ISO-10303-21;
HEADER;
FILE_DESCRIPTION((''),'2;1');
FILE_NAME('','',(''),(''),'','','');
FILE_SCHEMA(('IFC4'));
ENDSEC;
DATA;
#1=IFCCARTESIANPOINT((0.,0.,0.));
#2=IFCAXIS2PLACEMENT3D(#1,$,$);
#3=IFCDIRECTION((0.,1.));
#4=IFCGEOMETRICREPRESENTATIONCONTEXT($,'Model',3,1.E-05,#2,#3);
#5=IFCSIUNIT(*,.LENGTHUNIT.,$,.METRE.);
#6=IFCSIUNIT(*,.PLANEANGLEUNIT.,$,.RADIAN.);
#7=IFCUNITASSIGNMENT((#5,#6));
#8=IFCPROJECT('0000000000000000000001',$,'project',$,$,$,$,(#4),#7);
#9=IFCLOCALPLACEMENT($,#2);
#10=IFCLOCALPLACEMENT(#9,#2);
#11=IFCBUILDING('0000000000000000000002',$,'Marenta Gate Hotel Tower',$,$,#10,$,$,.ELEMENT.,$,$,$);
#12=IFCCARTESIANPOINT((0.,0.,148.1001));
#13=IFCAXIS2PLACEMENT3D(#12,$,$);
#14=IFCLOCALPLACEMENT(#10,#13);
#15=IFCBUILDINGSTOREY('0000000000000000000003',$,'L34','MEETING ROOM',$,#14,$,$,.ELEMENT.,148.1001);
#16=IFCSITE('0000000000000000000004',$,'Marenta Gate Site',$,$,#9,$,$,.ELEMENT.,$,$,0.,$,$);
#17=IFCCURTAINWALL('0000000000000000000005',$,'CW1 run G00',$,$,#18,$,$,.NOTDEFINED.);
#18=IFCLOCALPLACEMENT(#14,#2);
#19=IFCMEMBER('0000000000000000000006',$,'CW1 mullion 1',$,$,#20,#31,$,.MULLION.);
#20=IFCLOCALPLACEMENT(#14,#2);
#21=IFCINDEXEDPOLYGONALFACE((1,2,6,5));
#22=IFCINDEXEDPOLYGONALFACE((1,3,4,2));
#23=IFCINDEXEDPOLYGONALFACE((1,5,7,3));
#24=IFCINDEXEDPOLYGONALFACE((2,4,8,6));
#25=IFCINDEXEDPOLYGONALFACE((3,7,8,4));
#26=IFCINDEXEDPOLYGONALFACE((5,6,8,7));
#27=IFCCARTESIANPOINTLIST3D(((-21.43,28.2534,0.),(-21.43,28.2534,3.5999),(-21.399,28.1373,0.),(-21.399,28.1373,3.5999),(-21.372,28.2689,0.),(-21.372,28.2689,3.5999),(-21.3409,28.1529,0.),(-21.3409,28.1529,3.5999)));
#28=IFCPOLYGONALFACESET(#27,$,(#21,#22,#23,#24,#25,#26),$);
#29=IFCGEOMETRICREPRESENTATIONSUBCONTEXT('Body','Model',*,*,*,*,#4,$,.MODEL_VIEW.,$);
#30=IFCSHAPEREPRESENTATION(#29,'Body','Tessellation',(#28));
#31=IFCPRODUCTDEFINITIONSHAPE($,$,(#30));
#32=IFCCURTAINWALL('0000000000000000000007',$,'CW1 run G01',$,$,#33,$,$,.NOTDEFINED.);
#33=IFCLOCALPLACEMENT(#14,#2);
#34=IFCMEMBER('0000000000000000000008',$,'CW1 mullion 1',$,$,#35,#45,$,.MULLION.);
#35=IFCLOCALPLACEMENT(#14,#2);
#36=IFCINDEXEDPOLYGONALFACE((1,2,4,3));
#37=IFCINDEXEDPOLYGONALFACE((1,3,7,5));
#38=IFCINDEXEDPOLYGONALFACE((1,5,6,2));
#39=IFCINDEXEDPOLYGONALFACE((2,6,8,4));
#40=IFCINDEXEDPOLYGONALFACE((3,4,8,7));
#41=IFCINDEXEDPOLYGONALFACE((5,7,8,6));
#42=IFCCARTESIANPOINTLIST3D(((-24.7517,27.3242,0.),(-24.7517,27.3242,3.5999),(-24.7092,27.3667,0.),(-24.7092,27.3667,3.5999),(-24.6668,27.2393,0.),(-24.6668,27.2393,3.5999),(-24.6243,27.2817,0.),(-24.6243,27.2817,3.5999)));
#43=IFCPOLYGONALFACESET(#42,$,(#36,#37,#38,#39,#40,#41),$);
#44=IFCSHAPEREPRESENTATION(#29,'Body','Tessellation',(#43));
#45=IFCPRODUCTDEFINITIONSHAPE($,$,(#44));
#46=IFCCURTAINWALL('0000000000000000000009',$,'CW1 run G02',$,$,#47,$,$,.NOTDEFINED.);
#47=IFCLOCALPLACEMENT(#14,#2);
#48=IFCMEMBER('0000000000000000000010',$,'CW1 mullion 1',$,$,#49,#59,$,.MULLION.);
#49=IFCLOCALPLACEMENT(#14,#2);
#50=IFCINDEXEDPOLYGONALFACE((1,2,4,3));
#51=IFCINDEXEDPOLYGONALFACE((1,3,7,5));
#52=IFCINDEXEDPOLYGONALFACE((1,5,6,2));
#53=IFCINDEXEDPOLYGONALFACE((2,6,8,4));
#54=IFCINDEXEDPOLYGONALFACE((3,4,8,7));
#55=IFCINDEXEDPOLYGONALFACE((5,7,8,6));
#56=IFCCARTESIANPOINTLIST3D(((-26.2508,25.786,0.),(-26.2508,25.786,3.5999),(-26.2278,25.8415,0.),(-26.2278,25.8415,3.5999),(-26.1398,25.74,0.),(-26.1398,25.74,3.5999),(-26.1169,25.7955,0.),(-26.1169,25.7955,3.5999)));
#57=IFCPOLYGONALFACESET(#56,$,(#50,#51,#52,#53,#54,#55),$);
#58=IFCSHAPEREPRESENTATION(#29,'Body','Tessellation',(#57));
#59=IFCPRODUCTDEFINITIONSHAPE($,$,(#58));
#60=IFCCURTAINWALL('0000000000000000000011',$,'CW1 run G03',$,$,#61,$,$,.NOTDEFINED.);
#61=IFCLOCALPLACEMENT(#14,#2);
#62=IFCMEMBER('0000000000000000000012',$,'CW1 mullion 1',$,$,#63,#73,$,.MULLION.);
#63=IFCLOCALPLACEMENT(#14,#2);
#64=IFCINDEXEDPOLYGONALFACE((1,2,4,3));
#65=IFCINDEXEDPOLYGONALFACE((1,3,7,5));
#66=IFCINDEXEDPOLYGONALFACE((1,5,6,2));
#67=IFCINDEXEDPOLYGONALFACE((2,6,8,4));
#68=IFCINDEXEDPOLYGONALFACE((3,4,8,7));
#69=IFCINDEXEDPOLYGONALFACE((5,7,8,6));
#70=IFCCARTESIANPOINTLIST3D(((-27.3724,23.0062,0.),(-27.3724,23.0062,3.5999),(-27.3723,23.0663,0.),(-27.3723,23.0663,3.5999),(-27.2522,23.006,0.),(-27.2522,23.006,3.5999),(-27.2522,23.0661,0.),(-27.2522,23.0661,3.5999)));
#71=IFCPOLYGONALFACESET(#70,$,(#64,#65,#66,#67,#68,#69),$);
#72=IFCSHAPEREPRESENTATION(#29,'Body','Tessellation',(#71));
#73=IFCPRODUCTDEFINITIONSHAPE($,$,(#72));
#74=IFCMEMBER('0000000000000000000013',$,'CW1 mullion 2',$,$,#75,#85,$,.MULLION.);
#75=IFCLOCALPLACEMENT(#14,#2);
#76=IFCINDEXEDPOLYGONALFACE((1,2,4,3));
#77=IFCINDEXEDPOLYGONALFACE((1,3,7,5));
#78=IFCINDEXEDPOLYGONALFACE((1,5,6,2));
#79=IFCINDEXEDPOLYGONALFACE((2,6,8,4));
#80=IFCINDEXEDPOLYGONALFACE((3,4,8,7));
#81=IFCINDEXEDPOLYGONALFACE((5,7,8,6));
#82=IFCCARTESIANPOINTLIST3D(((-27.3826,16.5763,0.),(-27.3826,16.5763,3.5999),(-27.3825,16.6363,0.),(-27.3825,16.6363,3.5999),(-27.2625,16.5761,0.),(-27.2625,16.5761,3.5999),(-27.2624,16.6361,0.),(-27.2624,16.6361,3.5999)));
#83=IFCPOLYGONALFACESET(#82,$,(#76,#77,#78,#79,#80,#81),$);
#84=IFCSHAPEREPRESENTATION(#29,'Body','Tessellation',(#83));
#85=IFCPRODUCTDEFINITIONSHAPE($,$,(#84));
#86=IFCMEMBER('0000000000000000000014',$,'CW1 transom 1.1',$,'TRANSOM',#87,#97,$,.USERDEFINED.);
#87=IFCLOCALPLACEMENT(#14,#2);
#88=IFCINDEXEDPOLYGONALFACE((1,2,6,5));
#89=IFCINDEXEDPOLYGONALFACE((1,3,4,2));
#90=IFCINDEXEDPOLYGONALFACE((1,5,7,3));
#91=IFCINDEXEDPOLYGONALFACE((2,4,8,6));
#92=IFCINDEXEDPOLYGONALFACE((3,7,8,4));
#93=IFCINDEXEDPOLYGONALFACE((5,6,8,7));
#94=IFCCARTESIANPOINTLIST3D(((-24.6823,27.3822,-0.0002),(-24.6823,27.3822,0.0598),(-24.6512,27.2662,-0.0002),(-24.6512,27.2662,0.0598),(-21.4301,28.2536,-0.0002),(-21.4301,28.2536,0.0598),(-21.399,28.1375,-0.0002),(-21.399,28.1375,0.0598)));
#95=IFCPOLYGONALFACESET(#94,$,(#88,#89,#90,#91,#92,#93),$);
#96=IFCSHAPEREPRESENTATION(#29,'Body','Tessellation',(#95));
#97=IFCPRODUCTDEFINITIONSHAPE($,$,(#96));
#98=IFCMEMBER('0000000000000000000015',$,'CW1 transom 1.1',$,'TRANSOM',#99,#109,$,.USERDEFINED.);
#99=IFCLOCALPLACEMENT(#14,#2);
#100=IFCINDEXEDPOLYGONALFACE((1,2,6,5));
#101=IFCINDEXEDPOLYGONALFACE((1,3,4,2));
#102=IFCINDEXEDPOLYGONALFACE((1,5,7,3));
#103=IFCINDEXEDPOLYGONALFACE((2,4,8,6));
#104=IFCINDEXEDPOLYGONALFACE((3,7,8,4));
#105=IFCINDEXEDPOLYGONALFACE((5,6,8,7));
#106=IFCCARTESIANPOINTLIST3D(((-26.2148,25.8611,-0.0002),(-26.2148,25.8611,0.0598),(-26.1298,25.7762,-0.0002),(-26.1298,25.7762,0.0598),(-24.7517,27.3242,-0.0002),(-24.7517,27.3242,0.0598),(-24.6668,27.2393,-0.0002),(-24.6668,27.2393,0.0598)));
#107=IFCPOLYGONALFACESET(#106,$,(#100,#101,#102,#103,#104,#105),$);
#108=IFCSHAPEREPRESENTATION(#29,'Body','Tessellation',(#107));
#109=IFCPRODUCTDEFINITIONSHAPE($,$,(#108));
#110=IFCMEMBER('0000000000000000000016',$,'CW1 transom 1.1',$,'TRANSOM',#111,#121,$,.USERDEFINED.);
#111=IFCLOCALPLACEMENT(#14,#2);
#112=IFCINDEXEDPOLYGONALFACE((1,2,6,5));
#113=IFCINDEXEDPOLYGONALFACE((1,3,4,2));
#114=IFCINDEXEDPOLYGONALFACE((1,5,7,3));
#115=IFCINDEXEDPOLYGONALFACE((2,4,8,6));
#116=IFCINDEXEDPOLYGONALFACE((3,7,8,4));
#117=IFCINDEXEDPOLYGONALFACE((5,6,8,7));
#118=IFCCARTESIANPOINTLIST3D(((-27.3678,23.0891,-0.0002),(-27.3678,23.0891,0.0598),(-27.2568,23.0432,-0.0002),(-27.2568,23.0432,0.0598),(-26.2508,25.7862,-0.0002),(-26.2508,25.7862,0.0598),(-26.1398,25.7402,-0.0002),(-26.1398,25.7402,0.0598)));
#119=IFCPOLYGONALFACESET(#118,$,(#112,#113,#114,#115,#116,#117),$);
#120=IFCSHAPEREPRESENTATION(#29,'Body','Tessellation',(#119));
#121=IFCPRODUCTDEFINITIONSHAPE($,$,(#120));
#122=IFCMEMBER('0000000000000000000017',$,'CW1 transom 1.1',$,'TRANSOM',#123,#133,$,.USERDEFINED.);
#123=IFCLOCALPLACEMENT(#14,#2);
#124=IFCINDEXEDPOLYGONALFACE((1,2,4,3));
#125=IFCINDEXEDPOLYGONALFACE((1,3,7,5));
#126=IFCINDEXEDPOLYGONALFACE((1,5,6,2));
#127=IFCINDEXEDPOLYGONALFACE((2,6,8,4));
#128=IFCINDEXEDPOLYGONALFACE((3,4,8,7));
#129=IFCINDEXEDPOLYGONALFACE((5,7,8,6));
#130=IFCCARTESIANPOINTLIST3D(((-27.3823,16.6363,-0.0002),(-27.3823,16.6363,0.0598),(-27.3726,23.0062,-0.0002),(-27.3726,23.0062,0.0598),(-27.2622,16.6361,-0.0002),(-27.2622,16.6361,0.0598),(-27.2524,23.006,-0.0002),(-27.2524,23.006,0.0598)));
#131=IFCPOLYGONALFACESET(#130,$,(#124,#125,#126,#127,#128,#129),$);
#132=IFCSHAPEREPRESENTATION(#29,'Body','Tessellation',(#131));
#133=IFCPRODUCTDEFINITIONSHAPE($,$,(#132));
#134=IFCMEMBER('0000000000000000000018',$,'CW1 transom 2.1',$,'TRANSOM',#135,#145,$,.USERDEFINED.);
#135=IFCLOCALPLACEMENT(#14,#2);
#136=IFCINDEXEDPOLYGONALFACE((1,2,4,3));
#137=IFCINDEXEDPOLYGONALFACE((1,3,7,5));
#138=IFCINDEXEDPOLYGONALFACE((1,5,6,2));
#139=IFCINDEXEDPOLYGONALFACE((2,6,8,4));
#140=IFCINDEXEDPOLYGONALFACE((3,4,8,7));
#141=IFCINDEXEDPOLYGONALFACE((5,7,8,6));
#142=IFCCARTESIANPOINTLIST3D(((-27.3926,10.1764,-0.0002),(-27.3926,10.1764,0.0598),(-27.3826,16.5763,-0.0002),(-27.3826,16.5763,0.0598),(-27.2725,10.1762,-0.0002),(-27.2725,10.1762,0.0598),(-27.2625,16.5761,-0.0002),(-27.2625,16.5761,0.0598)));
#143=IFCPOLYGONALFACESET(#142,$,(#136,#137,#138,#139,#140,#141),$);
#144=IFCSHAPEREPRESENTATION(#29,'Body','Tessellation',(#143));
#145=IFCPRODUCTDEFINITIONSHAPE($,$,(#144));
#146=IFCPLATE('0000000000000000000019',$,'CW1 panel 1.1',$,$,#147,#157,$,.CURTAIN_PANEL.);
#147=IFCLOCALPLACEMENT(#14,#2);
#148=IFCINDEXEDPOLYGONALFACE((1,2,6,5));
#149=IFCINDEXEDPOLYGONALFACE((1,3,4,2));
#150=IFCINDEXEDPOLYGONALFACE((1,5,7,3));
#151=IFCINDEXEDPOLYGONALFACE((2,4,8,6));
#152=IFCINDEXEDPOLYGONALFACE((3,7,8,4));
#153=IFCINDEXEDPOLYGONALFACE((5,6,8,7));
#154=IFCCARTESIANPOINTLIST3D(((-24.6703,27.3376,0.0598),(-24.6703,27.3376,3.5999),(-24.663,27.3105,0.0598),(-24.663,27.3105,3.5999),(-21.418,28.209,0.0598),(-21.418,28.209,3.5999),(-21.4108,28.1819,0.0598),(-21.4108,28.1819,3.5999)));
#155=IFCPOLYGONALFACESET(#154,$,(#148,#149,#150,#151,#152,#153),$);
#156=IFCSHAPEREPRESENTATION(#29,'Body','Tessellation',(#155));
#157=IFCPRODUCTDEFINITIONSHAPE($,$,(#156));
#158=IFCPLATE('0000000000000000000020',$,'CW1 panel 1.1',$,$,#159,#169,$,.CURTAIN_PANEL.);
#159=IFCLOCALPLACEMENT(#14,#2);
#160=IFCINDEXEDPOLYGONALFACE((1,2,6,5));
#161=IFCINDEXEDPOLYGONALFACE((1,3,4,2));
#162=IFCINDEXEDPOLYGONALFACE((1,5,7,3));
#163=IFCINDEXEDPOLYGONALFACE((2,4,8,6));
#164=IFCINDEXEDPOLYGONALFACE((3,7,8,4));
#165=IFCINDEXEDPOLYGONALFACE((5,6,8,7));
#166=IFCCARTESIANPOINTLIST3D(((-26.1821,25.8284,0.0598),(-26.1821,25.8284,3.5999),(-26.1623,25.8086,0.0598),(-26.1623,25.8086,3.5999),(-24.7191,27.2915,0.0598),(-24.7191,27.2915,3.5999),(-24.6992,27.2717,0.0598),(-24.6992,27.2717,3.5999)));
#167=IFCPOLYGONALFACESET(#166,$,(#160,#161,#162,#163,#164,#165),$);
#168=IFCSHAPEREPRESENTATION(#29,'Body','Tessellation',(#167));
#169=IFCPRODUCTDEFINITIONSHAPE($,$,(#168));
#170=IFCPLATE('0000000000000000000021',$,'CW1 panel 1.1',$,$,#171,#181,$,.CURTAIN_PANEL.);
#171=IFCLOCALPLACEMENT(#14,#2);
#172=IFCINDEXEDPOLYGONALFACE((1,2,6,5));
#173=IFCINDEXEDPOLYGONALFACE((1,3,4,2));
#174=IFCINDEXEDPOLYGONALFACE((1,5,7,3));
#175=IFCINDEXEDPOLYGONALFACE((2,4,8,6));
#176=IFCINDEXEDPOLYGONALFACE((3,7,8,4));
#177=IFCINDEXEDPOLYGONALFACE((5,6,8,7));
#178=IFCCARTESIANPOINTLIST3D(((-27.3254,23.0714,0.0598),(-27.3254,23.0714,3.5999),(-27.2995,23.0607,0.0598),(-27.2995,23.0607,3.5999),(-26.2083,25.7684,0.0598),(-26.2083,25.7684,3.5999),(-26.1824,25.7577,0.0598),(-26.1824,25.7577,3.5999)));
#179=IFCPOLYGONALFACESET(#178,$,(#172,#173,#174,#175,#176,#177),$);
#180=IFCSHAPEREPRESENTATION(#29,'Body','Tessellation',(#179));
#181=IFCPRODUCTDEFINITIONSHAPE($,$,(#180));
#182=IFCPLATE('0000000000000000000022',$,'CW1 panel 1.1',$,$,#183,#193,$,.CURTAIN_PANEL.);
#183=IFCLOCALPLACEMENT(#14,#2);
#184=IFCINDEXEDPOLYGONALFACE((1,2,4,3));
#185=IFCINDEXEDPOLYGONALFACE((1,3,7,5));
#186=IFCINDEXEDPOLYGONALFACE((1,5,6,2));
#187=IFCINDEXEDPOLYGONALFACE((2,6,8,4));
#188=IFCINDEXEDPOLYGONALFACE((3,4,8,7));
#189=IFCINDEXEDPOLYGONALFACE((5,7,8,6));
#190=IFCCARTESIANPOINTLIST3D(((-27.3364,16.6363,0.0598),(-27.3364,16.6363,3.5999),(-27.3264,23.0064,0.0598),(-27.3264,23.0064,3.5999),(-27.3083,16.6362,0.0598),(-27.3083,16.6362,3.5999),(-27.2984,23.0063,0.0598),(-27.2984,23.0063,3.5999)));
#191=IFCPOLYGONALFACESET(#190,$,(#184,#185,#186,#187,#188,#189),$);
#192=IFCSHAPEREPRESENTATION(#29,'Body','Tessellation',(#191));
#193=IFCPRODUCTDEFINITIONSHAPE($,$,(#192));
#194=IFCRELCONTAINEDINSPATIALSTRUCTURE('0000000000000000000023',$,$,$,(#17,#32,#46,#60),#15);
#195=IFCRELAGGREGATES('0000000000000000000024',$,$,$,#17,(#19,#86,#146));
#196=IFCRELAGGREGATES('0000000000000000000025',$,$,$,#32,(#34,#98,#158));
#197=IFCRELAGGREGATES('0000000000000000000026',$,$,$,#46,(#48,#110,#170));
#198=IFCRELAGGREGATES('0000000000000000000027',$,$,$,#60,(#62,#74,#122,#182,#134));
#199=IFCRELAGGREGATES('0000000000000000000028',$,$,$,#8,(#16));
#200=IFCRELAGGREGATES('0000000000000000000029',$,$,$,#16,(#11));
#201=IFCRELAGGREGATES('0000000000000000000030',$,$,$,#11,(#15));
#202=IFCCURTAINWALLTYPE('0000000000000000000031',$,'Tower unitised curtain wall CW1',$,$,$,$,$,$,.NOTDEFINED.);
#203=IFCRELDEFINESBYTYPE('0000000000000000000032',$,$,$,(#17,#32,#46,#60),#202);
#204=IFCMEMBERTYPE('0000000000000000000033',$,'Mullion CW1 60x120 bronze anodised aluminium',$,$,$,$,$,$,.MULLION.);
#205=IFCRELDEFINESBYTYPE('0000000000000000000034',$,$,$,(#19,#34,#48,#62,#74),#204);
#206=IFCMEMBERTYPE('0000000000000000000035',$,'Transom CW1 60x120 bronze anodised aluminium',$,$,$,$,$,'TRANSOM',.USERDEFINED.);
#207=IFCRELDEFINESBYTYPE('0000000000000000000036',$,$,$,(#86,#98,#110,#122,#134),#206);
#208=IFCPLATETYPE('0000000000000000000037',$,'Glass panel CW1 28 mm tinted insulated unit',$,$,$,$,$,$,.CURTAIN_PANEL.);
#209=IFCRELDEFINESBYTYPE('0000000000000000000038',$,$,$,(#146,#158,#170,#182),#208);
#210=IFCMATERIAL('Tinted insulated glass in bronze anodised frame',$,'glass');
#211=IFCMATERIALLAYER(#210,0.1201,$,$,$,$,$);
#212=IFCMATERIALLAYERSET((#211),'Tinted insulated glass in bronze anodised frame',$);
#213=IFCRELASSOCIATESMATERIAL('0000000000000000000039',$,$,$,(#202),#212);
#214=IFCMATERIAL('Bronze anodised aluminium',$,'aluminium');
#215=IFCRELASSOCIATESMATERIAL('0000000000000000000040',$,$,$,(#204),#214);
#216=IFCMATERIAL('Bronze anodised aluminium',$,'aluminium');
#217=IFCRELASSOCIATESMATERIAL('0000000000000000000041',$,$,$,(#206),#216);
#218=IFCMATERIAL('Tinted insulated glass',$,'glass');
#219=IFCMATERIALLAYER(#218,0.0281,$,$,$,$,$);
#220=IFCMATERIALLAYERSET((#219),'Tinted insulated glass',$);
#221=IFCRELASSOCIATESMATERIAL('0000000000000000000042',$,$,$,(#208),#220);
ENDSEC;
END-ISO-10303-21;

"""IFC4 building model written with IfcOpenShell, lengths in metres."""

from ifc_helpers import new_model, si_unit, direction, frame, origin, origin_2d, place, context, subcontext, project, spatial, rectangle, extrude, material, layer, layer_set, material_profile, profile_set, type_object, element, aggregate, save


model = new_model("IFC4")

# Units and contexts
model_context = context("Model", 3, precision=1e-05, world=origin(), true_north=direction((0.0, 1.0)))
body_context = subcontext(model_context, "Body", "Model", "MODEL_VIEW")
ifc_project = project(units=[si_unit("LENGTHUNIT", "METRE"), si_unit("PLANEANGLEUNIT", "RADIAN")], contexts=[model_context])

# Site, building, storey
site_placement = place(None, origin())
site = spatial("IfcSite", under=ifc_project, at=site_placement, Name="Marenta Gate Site", CompositionType="ELEMENT", RefElevation=0.0)
building_placement = place(site_placement, origin())
building = spatial("IfcBuilding", under=site, at=building_placement, Name="Marenta Gate Hotel Tower", CompositionType="ELEMENT")
storey_placement = place(building_placement, frame((0.0, 0.0, 148.1001)))
storey = spatial("IfcBuildingStorey", under=building, at=storey_placement, Name="L34", Description="MEETING ROOM", CompositionType="ELEMENT", Elevation=148.1001)

# Curtain walls, members
ifc_material_1 = material(Name="Tinted insulated glass in bronze anodised frame", Category="glass")
ifc_layer_1 = layer(ifc_material_1, 0.1201)
ifc_layer_set_1 = layer_set([ifc_layer_1], Name="Tinted insulated glass in bronze anodised frame")
curtain_wall_type = type_object("IfcCurtainWallType", Name="Tower unitised curtain wall CW1", PredefinedType="NOTDEFINED", material=ifc_layer_set_1)
curtain_wall_1_placement = place(storey_placement, origin())
curtain_wall_1 = element("IfcCurtainWall", 1, at=curtain_wall_1_placement, inside=storey, type_object=curtain_wall_type, Name="CW1 run G00", PredefinedType="NOTDEFINED")
ifc_material_2 = material(Name="Bronze anodised aluminium", Category="aluminium")
ifc_material_profile_1 = material_profile(ifc_material_2, rectangle(XDim=0.1201, YDim=0.0601, at=origin_2d()), Name="Mullion CW1 60x120 bronze anodised aluminium")
ifc_profile_set_1 = profile_set([ifc_material_profile_1], Name="Bronze anodised aluminium")
member_type_1 = type_object("IfcMemberType", Name="Mullion CW1 60x120 bronze anodised aluminium", PredefinedType="MULLION", material=ifc_profile_set_1)
member_1_placement = place(storey_placement, frame((-21.3855, 28.2031, 0.0), z_axis=(0.0, 0.0, 1.0), x_axis=(0.258801, -0.965931, 0.0)))
member_1 = element("IfcMember", 2, at=member_1_placement, type_object=member_type_1, Name="CW1 mullion 1", PredefinedType="MULLION", context=body_context, shape_type="SweptSolid", body=[
    extrude(rectangle(XDim=0.1201, YDim=0.0601, at=origin_2d()), origin(), (0.0, 0.0, 1.0), 3.5999),
])
curtain_wall_2_placement = place(storey_placement, origin())
curtain_wall_2 = element("IfcCurtainWall", 3, at=curtain_wall_2_placement, inside=storey, type_object=curtain_wall_type, Name="CW1 run G01", PredefinedType="NOTDEFINED")
member_2_placement = place(storey_placement, frame((-24.688, 27.303, 0.0), z_axis=(0.0, 0.0, 1.0), x_axis=(0.707107, -0.707107, 0.0)))
member_2 = element("IfcMember", 4, at=member_2_placement, type_object=member_type_1, Name="CW1 mullion 1", PredefinedType="MULLION", context=body_context, shape_type="SweptSolid", body=[
    extrude(rectangle(XDim=0.1201, YDim=0.0601, at=origin_2d()), origin(), (0.0, 0.0, 1.0), 3.5999),
])
curtain_wall_3_placement = place(storey_placement, origin())
curtain_wall_3 = element("IfcCurtainWall", 5, at=curtain_wall_3_placement, inside=storey, type_object=curtain_wall_type, Name="CW1 run G02", PredefinedType="NOTDEFINED")
member_3_placement = place(storey_placement, frame((-26.1838, 25.7908, 0.0), z_axis=(0.0, 0.0, 1.0), x_axis=(0.923884, -0.382672, 0.0)))
member_3 = element("IfcMember", 6, at=member_3_placement, type_object=member_type_1, Name="CW1 mullion 1", PredefinedType="MULLION", context=body_context, shape_type="SweptSolid", body=[
    extrude(rectangle(XDim=0.1201, YDim=0.0601, at=origin_2d()), origin(), (0.0, 0.0, 1.0), 3.5999),
])

# Curtain wall, members
curtain_wall_4_placement = place(storey_placement, origin())
curtain_wall_4 = element("IfcCurtainWall", 7, at=curtain_wall_4_placement, inside=storey, type_object=curtain_wall_type, Name="CW1 run G03", PredefinedType="NOTDEFINED")
member_4_placement = place(storey_placement, frame((-27.3123, 23.0361, 0.0), z_axis=(0.0, 0.0, 1.0), x_axis=(0.999999, -0.001566, 0.0)))
member_4 = element("IfcMember", 8, at=member_4_placement, type_object=member_type_1, Name="CW1 mullion 1", PredefinedType="MULLION", context=body_context, shape_type="SweptSolid", body=[
    extrude(rectangle(XDim=0.1201, YDim=0.0601, at=origin_2d()), origin(), (0.0, 0.0, 1.0), 3.5999),
])
member_5_placement = place(storey_placement, frame((-27.3225, 16.6062, 0.0), z_axis=(0.0, 0.0, 1.0), x_axis=(0.999999, -0.001566, 0.0)))
member_5 = element("IfcMember", 9, at=member_5_placement, type_object=member_type_1, Name="CW1 mullion 2", PredefinedType="MULLION", context=body_context, shape_type="SweptSolid", body=[
    extrude(rectangle(XDim=0.1201, YDim=0.0601, at=origin_2d()), origin(), (0.0, 0.0, 1.0), 3.5999),
])

# Members
ifc_material_3 = material(Name="Bronze anodised aluminium", Category="aluminium")
ifc_material_profile_2 = material_profile(ifc_material_3, rectangle(XDim=0.1201, YDim=0.0601, at=origin_2d()), Name="Transom CW1 60x120 bronze anodised aluminium")
ifc_profile_set_2 = profile_set([ifc_material_profile_2], Name="Bronze anodised aluminium")
member_type_2 = type_object("IfcMemberType", Name="Transom CW1 60x120 bronze anodised aluminium", ElementType="TRANSOM", PredefinedType="USERDEFINED", material=ifc_profile_set_2)
member_6_placement = place(storey_placement, frame((-21.4146, 28.1956, 0.0298), z_axis=(-0.965932, -0.258795, 0.0), x_axis=(0.258795, -0.965932, 0.0)))
member_6 = element("IfcMember", 10, at=member_6_placement, type_object=member_type_2, Name="CW1 transom 1.1", ObjectType="TRANSOM", PredefinedType="USERDEFINED", context=body_context, shape_type="SweptSolid", body=[
    extrude(rectangle(XDim=0.1201, YDim=0.0601, at=origin_2d()), origin(), (0.0, 0.0, 1.0), 3.3669),
])
member_7_placement = place(storey_placement, frame((-24.7092, 27.2817, 0.0298), z_axis=(-0.707107, -0.707107, 0.0), x_axis=(0.707107, -0.707107, 0.0)))
member_7 = element("IfcMember", 11, at=member_7_placement, type_object=member_type_2, Name="CW1 transom 1.1", ObjectType="TRANSOM", PredefinedType="USERDEFINED", context=body_context, shape_type="SweptSolid", body=[
    extrude(rectangle(XDim=0.1201, YDim=0.0601, at=origin_2d()), origin(), (0.0, 0.0, 1.0), 2.0691),
])
member_8_placement = place(storey_placement, frame((-26.1953, 25.7632, 0.0298), z_axis=(-0.382625, -0.923904, 0.0), x_axis=(0.923904, -0.382625, 0.0)))
member_8 = element("IfcMember", 12, at=member_8_placement, type_object=member_type_2, Name="CW1 transom 1.1", ObjectType="TRANSOM", PredefinedType="USERDEFINED", context=body_context, shape_type="SweptSolid", body=[
    extrude(rectangle(XDim=0.1201, YDim=0.0601, at=origin_2d()), origin(), (0.0, 0.0, 1.0), 2.9192),
])
member_9_placement = place(storey_placement, frame((-27.3125, 23.0061, 0.0298), z_axis=(-0.001533, -0.999999, 0.0), x_axis=(0.999999, -0.001533, 0.0)))
member_9 = element("IfcMember", 13, at=member_9_placement, type_object=member_type_2, Name="CW1 transom 1.1", ObjectType="TRANSOM", PredefinedType="USERDEFINED", context=body_context, shape_type="SweptSolid", body=[
    extrude(rectangle(XDim=0.1201, YDim=0.0601, at=origin_2d()), origin(), (0.0, 0.0, 1.0), 6.3699),
])
member_10_placement = place(storey_placement, frame((-27.3225, 16.5762, 0.0298), z_axis=(-0.001564, -0.999999, 0.0), x_axis=(0.999999, -0.001564, 0.0)))
member_10 = element("IfcMember", 14, at=member_10_placement, type_object=member_type_2, Name="CW1 transom 2.1", ObjectType="TRANSOM", PredefinedType="USERDEFINED", context=body_context, shape_type="SweptSolid", body=[
    extrude(rectangle(XDim=0.1201, YDim=0.0601, at=origin_2d()), origin(), (0.0, 0.0, 1.0), 6.3999),
])

# Plates
ifc_material_4 = material(Name="Tinted insulated glass", Category="glass")
ifc_layer_2 = layer(ifc_material_4, 0.0281)
ifc_layer_set_2 = layer_set([ifc_layer_2], Name="Tinted insulated glass")
plate_type = type_object("IfcPlateType", Name="Glass panel CW1 28 mm tinted insulated unit", PredefinedType="CURTAIN_PANEL", material=ifc_layer_set_2)
plate_1_placement = place(storey_placement, frame((-23.0405, 27.7598, 0.0598), z_axis=(0.0, 0.0, 1.0), x_axis=(-0.965931, -0.258801, 0.0)))
plate_1 = element("IfcPlate", 15, at=plate_1_placement, type_object=plate_type, Name="CW1 panel 1.1", PredefinedType="CURTAIN_PANEL", context=body_context, shape_type="SweptSolid", body=[
    extrude(rectangle(XDim=3.3669, YDim=0.0281, at=origin_2d()), origin(), (0.0, 0.0, 1.0), 3.54),
])
aggregate(curtain_wall_1, [member_1, member_6, plate_1])
plate_2_placement = place(storey_placement, frame((-25.4407, 26.55, 0.0598), z_axis=(0.0, 0.0, 1.0), x_axis=(-0.707107, -0.707107, 0.0)))
plate_2 = element("IfcPlate", 16, at=plate_2_placement, type_object=plate_type, Name="CW1 panel 1.1", PredefinedType="CURTAIN_PANEL", context=body_context, shape_type="SweptSolid", body=[
    extrude(rectangle(XDim=2.0691, YDim=0.0281, at=origin_2d()), origin(), (0.0, 0.0, 1.0), 3.54),
])
aggregate(curtain_wall_2, [member_2, member_7, plate_2])
plate_3_placement = place(storey_placement, frame((-26.7539, 24.4146, 0.0598), z_axis=(0.0, 0.0, 1.0), x_axis=(-0.382672, -0.923884, 0.0)))
plate_3 = element("IfcPlate", 17, at=plate_3_placement, type_object=plate_type, Name="CW1 panel 1.1", PredefinedType="CURTAIN_PANEL", context=body_context, shape_type="SweptSolid", body=[
    extrude(rectangle(XDim=2.9192, YDim=0.0281, at=origin_2d()), origin(), (0.0, 0.0, 1.0), 3.54),
])
aggregate(curtain_wall_3, [member_3, member_8, plate_3])
plate_4_placement = place(storey_placement, frame((-27.3174, 19.8213, 0.0598), z_axis=(0.0, 0.0, 1.0), x_axis=(-0.001566, -0.999999, 0.0)))
plate_4 = element("IfcPlate", 18, at=plate_4_placement, type_object=plate_type, Name="CW1 panel 1.1", PredefinedType="CURTAIN_PANEL", context=body_context, shape_type="SweptSolid", body=[
    extrude(rectangle(XDim=6.3701, YDim=0.0281, at=origin_2d()), origin(), (0.0, 0.0, 1.0), 3.54),
])
aggregate(curtain_wall_4, [member_4, member_5, member_9, plate_4, member_10])

save(model, "model.ifc")
